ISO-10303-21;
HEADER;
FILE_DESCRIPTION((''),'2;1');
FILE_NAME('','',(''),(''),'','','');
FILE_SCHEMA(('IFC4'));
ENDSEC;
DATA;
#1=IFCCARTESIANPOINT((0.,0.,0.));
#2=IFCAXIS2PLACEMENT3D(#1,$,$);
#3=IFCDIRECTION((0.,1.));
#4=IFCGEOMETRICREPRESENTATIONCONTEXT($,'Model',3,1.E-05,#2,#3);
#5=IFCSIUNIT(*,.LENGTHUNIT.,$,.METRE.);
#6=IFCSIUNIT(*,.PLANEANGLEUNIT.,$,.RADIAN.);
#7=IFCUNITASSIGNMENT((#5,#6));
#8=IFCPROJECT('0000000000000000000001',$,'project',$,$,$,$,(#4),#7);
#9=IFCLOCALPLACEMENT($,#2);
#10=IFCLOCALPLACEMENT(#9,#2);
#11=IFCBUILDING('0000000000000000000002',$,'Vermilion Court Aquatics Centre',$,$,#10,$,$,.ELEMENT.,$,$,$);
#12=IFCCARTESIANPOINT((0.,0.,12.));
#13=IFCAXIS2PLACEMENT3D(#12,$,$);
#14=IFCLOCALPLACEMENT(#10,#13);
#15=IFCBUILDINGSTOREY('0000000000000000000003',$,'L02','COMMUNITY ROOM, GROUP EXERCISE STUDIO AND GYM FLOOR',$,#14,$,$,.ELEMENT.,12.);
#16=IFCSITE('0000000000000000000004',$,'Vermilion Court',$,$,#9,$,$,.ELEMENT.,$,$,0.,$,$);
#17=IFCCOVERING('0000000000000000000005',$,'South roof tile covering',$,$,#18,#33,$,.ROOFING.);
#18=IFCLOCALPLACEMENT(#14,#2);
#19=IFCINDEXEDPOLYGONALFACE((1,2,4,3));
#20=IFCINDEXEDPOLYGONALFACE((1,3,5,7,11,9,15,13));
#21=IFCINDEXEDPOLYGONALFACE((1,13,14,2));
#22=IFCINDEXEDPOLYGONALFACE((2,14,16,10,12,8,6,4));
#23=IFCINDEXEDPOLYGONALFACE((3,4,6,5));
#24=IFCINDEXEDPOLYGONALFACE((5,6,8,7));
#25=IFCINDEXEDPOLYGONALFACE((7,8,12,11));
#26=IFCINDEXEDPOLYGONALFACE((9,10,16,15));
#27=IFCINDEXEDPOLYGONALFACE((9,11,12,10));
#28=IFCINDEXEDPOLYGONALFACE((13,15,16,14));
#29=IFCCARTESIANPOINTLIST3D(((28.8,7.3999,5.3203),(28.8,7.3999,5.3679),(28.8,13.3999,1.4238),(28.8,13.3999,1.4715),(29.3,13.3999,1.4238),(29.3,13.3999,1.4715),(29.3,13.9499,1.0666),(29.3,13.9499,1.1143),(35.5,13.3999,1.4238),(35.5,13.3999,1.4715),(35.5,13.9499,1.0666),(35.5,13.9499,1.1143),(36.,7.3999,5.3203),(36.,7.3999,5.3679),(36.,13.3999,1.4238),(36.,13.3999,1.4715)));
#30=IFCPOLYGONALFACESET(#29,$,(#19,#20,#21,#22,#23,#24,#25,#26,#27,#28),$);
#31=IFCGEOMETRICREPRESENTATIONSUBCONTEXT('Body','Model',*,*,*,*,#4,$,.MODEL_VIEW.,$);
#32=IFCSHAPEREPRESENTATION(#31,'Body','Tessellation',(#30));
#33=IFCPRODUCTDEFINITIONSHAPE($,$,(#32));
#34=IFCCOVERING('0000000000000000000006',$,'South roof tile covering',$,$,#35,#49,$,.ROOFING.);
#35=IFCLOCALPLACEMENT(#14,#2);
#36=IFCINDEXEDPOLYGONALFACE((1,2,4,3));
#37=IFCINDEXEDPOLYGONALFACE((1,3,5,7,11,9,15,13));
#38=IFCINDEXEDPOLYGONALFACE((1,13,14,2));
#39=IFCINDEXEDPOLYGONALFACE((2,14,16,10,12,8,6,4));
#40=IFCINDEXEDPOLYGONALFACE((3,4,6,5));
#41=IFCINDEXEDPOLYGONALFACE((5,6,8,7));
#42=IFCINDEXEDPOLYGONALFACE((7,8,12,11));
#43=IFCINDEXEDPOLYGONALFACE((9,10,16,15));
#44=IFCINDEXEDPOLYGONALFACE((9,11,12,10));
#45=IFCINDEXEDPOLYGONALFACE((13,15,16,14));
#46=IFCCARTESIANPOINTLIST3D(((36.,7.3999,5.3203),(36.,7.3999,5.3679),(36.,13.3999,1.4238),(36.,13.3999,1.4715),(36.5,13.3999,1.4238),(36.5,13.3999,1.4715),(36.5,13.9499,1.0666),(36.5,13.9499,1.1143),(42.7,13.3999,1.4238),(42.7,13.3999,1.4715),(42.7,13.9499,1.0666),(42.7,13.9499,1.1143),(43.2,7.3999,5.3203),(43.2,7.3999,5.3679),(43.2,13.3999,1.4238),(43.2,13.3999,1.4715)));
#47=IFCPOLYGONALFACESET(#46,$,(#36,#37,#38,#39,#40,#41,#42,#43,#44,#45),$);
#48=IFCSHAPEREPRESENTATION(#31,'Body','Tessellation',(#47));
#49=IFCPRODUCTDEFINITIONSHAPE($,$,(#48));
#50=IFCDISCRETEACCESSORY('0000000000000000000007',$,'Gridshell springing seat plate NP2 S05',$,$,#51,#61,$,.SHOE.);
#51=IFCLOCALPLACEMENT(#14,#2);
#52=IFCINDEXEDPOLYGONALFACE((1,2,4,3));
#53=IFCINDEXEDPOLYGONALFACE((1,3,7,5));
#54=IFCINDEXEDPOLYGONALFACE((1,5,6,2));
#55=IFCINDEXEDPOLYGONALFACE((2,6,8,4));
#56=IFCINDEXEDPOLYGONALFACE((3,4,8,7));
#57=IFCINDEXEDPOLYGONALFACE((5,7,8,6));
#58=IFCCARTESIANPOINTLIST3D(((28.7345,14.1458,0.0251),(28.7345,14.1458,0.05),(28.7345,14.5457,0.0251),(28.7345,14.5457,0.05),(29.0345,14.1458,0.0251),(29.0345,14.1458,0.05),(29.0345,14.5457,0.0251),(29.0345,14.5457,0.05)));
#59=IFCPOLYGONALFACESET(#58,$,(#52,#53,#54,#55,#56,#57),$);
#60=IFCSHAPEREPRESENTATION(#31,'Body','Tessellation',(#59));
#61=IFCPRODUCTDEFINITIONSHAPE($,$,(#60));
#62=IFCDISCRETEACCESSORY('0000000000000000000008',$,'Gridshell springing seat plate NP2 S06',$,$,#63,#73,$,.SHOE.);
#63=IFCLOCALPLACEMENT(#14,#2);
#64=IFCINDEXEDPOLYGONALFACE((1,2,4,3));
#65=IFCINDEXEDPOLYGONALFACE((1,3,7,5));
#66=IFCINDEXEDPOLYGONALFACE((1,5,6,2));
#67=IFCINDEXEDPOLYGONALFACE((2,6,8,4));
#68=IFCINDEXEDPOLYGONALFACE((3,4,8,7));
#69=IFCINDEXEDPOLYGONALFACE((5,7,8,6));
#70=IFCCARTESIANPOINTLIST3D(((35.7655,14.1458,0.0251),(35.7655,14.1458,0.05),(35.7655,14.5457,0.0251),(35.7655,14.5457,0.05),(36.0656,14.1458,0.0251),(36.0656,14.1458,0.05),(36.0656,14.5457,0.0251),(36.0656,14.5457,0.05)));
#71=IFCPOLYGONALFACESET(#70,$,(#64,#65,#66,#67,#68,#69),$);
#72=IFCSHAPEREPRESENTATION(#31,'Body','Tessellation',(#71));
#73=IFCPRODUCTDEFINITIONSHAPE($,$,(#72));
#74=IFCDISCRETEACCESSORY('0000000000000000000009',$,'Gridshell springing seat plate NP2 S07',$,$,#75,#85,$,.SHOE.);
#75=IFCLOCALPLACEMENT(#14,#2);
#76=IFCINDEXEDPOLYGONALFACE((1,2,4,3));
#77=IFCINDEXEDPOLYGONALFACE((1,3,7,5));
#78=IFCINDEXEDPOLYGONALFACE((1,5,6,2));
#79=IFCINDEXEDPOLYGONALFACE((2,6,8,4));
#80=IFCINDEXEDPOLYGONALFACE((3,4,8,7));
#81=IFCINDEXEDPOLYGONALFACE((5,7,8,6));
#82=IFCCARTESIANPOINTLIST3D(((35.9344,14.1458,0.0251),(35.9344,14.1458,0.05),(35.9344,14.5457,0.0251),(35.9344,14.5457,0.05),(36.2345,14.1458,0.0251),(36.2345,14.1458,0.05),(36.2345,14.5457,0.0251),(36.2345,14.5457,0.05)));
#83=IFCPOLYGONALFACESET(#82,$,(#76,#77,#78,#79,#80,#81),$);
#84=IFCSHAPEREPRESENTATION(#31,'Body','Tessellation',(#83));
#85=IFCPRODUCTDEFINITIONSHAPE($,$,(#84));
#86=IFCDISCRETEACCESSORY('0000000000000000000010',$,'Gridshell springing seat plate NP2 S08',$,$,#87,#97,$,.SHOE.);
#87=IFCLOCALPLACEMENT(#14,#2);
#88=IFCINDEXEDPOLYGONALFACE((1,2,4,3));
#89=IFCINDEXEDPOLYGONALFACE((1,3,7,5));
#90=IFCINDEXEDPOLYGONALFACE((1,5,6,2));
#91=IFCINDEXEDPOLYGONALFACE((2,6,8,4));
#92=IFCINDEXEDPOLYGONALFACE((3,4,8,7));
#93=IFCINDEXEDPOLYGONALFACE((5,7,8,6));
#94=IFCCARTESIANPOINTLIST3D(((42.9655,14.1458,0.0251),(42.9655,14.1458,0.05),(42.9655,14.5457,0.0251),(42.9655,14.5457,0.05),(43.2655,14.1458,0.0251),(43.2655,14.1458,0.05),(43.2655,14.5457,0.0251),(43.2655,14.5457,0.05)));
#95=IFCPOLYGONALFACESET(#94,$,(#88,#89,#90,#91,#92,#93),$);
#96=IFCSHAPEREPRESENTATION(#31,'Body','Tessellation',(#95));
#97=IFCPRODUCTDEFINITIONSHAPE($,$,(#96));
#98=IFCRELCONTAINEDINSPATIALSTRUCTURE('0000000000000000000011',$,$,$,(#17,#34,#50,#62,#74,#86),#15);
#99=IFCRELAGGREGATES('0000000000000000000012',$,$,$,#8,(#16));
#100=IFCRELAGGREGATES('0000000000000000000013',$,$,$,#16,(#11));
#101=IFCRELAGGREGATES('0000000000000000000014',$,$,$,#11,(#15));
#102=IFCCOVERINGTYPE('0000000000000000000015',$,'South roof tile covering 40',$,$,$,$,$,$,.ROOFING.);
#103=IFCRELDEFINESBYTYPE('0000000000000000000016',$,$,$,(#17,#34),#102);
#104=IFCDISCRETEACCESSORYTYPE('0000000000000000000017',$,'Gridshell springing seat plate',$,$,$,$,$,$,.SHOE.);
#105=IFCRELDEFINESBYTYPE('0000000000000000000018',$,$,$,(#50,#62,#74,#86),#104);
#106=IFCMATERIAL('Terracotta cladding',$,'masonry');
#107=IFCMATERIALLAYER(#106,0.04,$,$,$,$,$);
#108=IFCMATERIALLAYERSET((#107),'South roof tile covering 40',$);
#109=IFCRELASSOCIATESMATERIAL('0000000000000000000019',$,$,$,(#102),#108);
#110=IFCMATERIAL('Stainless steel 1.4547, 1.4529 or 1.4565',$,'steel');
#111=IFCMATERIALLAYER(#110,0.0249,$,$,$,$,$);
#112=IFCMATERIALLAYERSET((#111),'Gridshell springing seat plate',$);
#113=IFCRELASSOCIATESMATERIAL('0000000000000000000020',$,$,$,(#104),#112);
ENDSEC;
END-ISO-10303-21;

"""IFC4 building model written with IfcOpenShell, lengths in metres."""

from ifc_helpers import new_model, si_unit, direction, frame, origin, origin_2d, place, context, subcontext, project, spatial, polyline, rectangle, outline, extrude, material, layer, layer_set, type_object, element, save


model = new_model("IFC4")

# Units and contexts
model_context = context("Model", 3, precision=1e-05, world=origin(), true_north=direction((0.0, 1.0)))
body_context = subcontext(model_context, "Body", "Model", "MODEL_VIEW")
ifc_project = project(units=[si_unit("LENGTHUNIT", "METRE"), si_unit("PLANEANGLEUNIT", "RADIAN")], contexts=[model_context])

# Site, building, storey
site_placement = place(None, origin())
site = spatial("IfcSite", under=ifc_project, at=site_placement, Name="Vermilion Court", CompositionType="ELEMENT", RefElevation=0.0)
building_placement = place(site_placement, origin())
building = spatial("IfcBuilding", under=site, at=building_placement, Name="Vermilion Court Aquatics Centre", CompositionType="ELEMENT")
storey_placement = place(building_placement, frame((0.0, 0.0, 12.0)))
storey = spatial("IfcBuildingStorey", under=building, at=storey_placement, Name="L02", Description="COMMUNITY ROOM, GROUP EXERCISE STUDIO AND GYM FLOOR", CompositionType="ELEMENT", Elevation=12.0)

# Coverings
ifc_material_1 = material(Name="Terracotta cladding", Category="masonry")
ifc_layer_1 = layer(ifc_material_1, 0.04)
ifc_layer_set_1 = layer_set([ifc_layer_1], Name="South roof tile covering 40")
covering_type = type_object("IfcCoveringType", Name="South roof tile covering 40", PredefinedType="ROOFING", material=ifc_layer_set_1)
for number, where, z_axis, x_axis, name in (
    (1, (36.0, 7.3999, 5.3679), (0.0, 0.54464, 0.83867), (-1.0, 0.0, 0.0), "South roof tile covering"),
    (2, (43.2, 7.3999, 5.3679), (0.0, 0.54464, 0.83867), (-1.0, 0.0, 0.0), "South roof tile covering"),
):
    element("IfcCovering", number, at=place(storey_placement, frame(where, z_axis=z_axis, x_axis=x_axis)), inside=storey, type_object=covering_type, Name=name, PredefinedType="ROOFING", context=body_context, shape_type="SweptSolid", body=[
        extrude(outline(polyline([(0.0, 0.0), (7.2, 0.0), (7.2, -7.1542), (6.7, -7.1542), (6.7, -7.81), (0.5, -7.81), (0.5, -7.1542), (0.0, -7.1542), (0.0, 0.0)])), origin(), (0.0, -0.54464, -0.83867), 0.0476),
    ])

# Discrete accessories
ifc_material_2 = material(Name="Stainless steel 1.4547, 1.4529 or 1.4565", Category="steel")
ifc_layer_2 = layer(ifc_material_2, 0.0249)
ifc_layer_set_2 = layer_set([ifc_layer_2], Name="Gridshell springing seat plate")
discrete_accessory_type = type_object("IfcDiscreteAccessoryType", Name="Gridshell springing seat plate", PredefinedType="SHOE", material=ifc_layer_set_2)
for number, where, z_axis, x_axis, name in (
    (3, (28.8845, 14.3457, 0.0251), (0.0, 0.0, 1.0), (1.0, 0.0, 0.0), "Gridshell springing seat plate NP2 S05"),
    (4, (35.9155, 14.3457, 0.0251), (0.0, 0.0, 1.0), (1.0, 0.0, 0.0), "Gridshell springing seat plate NP2 S06"),
    (5, (36.0845, 14.3457, 0.0251), (0.0, 0.0, 1.0), (1.0, 0.0, 0.0), "Gridshell springing seat plate NP2 S07"),
    (6, (43.1155, 14.3457, 0.0251), (0.0, 0.0, 1.0), (1.0, 0.0, 0.0), "Gridshell springing seat plate NP2 S08"),
):
    element("IfcDiscreteAccessory", number, at=place(storey_placement, frame(where, z_axis=z_axis, x_axis=x_axis)), inside=storey, type_object=discrete_accessory_type, Name=name, PredefinedType="SHOE", context=body_context, shape_type="SweptSolid", body=[
        extrude(rectangle(XDim=0.3, YDim=0.3999, at=origin_2d()), origin(), (0.0, 0.0, 1.0), 0.0249),
    ])

save(model, "model.ifc")
